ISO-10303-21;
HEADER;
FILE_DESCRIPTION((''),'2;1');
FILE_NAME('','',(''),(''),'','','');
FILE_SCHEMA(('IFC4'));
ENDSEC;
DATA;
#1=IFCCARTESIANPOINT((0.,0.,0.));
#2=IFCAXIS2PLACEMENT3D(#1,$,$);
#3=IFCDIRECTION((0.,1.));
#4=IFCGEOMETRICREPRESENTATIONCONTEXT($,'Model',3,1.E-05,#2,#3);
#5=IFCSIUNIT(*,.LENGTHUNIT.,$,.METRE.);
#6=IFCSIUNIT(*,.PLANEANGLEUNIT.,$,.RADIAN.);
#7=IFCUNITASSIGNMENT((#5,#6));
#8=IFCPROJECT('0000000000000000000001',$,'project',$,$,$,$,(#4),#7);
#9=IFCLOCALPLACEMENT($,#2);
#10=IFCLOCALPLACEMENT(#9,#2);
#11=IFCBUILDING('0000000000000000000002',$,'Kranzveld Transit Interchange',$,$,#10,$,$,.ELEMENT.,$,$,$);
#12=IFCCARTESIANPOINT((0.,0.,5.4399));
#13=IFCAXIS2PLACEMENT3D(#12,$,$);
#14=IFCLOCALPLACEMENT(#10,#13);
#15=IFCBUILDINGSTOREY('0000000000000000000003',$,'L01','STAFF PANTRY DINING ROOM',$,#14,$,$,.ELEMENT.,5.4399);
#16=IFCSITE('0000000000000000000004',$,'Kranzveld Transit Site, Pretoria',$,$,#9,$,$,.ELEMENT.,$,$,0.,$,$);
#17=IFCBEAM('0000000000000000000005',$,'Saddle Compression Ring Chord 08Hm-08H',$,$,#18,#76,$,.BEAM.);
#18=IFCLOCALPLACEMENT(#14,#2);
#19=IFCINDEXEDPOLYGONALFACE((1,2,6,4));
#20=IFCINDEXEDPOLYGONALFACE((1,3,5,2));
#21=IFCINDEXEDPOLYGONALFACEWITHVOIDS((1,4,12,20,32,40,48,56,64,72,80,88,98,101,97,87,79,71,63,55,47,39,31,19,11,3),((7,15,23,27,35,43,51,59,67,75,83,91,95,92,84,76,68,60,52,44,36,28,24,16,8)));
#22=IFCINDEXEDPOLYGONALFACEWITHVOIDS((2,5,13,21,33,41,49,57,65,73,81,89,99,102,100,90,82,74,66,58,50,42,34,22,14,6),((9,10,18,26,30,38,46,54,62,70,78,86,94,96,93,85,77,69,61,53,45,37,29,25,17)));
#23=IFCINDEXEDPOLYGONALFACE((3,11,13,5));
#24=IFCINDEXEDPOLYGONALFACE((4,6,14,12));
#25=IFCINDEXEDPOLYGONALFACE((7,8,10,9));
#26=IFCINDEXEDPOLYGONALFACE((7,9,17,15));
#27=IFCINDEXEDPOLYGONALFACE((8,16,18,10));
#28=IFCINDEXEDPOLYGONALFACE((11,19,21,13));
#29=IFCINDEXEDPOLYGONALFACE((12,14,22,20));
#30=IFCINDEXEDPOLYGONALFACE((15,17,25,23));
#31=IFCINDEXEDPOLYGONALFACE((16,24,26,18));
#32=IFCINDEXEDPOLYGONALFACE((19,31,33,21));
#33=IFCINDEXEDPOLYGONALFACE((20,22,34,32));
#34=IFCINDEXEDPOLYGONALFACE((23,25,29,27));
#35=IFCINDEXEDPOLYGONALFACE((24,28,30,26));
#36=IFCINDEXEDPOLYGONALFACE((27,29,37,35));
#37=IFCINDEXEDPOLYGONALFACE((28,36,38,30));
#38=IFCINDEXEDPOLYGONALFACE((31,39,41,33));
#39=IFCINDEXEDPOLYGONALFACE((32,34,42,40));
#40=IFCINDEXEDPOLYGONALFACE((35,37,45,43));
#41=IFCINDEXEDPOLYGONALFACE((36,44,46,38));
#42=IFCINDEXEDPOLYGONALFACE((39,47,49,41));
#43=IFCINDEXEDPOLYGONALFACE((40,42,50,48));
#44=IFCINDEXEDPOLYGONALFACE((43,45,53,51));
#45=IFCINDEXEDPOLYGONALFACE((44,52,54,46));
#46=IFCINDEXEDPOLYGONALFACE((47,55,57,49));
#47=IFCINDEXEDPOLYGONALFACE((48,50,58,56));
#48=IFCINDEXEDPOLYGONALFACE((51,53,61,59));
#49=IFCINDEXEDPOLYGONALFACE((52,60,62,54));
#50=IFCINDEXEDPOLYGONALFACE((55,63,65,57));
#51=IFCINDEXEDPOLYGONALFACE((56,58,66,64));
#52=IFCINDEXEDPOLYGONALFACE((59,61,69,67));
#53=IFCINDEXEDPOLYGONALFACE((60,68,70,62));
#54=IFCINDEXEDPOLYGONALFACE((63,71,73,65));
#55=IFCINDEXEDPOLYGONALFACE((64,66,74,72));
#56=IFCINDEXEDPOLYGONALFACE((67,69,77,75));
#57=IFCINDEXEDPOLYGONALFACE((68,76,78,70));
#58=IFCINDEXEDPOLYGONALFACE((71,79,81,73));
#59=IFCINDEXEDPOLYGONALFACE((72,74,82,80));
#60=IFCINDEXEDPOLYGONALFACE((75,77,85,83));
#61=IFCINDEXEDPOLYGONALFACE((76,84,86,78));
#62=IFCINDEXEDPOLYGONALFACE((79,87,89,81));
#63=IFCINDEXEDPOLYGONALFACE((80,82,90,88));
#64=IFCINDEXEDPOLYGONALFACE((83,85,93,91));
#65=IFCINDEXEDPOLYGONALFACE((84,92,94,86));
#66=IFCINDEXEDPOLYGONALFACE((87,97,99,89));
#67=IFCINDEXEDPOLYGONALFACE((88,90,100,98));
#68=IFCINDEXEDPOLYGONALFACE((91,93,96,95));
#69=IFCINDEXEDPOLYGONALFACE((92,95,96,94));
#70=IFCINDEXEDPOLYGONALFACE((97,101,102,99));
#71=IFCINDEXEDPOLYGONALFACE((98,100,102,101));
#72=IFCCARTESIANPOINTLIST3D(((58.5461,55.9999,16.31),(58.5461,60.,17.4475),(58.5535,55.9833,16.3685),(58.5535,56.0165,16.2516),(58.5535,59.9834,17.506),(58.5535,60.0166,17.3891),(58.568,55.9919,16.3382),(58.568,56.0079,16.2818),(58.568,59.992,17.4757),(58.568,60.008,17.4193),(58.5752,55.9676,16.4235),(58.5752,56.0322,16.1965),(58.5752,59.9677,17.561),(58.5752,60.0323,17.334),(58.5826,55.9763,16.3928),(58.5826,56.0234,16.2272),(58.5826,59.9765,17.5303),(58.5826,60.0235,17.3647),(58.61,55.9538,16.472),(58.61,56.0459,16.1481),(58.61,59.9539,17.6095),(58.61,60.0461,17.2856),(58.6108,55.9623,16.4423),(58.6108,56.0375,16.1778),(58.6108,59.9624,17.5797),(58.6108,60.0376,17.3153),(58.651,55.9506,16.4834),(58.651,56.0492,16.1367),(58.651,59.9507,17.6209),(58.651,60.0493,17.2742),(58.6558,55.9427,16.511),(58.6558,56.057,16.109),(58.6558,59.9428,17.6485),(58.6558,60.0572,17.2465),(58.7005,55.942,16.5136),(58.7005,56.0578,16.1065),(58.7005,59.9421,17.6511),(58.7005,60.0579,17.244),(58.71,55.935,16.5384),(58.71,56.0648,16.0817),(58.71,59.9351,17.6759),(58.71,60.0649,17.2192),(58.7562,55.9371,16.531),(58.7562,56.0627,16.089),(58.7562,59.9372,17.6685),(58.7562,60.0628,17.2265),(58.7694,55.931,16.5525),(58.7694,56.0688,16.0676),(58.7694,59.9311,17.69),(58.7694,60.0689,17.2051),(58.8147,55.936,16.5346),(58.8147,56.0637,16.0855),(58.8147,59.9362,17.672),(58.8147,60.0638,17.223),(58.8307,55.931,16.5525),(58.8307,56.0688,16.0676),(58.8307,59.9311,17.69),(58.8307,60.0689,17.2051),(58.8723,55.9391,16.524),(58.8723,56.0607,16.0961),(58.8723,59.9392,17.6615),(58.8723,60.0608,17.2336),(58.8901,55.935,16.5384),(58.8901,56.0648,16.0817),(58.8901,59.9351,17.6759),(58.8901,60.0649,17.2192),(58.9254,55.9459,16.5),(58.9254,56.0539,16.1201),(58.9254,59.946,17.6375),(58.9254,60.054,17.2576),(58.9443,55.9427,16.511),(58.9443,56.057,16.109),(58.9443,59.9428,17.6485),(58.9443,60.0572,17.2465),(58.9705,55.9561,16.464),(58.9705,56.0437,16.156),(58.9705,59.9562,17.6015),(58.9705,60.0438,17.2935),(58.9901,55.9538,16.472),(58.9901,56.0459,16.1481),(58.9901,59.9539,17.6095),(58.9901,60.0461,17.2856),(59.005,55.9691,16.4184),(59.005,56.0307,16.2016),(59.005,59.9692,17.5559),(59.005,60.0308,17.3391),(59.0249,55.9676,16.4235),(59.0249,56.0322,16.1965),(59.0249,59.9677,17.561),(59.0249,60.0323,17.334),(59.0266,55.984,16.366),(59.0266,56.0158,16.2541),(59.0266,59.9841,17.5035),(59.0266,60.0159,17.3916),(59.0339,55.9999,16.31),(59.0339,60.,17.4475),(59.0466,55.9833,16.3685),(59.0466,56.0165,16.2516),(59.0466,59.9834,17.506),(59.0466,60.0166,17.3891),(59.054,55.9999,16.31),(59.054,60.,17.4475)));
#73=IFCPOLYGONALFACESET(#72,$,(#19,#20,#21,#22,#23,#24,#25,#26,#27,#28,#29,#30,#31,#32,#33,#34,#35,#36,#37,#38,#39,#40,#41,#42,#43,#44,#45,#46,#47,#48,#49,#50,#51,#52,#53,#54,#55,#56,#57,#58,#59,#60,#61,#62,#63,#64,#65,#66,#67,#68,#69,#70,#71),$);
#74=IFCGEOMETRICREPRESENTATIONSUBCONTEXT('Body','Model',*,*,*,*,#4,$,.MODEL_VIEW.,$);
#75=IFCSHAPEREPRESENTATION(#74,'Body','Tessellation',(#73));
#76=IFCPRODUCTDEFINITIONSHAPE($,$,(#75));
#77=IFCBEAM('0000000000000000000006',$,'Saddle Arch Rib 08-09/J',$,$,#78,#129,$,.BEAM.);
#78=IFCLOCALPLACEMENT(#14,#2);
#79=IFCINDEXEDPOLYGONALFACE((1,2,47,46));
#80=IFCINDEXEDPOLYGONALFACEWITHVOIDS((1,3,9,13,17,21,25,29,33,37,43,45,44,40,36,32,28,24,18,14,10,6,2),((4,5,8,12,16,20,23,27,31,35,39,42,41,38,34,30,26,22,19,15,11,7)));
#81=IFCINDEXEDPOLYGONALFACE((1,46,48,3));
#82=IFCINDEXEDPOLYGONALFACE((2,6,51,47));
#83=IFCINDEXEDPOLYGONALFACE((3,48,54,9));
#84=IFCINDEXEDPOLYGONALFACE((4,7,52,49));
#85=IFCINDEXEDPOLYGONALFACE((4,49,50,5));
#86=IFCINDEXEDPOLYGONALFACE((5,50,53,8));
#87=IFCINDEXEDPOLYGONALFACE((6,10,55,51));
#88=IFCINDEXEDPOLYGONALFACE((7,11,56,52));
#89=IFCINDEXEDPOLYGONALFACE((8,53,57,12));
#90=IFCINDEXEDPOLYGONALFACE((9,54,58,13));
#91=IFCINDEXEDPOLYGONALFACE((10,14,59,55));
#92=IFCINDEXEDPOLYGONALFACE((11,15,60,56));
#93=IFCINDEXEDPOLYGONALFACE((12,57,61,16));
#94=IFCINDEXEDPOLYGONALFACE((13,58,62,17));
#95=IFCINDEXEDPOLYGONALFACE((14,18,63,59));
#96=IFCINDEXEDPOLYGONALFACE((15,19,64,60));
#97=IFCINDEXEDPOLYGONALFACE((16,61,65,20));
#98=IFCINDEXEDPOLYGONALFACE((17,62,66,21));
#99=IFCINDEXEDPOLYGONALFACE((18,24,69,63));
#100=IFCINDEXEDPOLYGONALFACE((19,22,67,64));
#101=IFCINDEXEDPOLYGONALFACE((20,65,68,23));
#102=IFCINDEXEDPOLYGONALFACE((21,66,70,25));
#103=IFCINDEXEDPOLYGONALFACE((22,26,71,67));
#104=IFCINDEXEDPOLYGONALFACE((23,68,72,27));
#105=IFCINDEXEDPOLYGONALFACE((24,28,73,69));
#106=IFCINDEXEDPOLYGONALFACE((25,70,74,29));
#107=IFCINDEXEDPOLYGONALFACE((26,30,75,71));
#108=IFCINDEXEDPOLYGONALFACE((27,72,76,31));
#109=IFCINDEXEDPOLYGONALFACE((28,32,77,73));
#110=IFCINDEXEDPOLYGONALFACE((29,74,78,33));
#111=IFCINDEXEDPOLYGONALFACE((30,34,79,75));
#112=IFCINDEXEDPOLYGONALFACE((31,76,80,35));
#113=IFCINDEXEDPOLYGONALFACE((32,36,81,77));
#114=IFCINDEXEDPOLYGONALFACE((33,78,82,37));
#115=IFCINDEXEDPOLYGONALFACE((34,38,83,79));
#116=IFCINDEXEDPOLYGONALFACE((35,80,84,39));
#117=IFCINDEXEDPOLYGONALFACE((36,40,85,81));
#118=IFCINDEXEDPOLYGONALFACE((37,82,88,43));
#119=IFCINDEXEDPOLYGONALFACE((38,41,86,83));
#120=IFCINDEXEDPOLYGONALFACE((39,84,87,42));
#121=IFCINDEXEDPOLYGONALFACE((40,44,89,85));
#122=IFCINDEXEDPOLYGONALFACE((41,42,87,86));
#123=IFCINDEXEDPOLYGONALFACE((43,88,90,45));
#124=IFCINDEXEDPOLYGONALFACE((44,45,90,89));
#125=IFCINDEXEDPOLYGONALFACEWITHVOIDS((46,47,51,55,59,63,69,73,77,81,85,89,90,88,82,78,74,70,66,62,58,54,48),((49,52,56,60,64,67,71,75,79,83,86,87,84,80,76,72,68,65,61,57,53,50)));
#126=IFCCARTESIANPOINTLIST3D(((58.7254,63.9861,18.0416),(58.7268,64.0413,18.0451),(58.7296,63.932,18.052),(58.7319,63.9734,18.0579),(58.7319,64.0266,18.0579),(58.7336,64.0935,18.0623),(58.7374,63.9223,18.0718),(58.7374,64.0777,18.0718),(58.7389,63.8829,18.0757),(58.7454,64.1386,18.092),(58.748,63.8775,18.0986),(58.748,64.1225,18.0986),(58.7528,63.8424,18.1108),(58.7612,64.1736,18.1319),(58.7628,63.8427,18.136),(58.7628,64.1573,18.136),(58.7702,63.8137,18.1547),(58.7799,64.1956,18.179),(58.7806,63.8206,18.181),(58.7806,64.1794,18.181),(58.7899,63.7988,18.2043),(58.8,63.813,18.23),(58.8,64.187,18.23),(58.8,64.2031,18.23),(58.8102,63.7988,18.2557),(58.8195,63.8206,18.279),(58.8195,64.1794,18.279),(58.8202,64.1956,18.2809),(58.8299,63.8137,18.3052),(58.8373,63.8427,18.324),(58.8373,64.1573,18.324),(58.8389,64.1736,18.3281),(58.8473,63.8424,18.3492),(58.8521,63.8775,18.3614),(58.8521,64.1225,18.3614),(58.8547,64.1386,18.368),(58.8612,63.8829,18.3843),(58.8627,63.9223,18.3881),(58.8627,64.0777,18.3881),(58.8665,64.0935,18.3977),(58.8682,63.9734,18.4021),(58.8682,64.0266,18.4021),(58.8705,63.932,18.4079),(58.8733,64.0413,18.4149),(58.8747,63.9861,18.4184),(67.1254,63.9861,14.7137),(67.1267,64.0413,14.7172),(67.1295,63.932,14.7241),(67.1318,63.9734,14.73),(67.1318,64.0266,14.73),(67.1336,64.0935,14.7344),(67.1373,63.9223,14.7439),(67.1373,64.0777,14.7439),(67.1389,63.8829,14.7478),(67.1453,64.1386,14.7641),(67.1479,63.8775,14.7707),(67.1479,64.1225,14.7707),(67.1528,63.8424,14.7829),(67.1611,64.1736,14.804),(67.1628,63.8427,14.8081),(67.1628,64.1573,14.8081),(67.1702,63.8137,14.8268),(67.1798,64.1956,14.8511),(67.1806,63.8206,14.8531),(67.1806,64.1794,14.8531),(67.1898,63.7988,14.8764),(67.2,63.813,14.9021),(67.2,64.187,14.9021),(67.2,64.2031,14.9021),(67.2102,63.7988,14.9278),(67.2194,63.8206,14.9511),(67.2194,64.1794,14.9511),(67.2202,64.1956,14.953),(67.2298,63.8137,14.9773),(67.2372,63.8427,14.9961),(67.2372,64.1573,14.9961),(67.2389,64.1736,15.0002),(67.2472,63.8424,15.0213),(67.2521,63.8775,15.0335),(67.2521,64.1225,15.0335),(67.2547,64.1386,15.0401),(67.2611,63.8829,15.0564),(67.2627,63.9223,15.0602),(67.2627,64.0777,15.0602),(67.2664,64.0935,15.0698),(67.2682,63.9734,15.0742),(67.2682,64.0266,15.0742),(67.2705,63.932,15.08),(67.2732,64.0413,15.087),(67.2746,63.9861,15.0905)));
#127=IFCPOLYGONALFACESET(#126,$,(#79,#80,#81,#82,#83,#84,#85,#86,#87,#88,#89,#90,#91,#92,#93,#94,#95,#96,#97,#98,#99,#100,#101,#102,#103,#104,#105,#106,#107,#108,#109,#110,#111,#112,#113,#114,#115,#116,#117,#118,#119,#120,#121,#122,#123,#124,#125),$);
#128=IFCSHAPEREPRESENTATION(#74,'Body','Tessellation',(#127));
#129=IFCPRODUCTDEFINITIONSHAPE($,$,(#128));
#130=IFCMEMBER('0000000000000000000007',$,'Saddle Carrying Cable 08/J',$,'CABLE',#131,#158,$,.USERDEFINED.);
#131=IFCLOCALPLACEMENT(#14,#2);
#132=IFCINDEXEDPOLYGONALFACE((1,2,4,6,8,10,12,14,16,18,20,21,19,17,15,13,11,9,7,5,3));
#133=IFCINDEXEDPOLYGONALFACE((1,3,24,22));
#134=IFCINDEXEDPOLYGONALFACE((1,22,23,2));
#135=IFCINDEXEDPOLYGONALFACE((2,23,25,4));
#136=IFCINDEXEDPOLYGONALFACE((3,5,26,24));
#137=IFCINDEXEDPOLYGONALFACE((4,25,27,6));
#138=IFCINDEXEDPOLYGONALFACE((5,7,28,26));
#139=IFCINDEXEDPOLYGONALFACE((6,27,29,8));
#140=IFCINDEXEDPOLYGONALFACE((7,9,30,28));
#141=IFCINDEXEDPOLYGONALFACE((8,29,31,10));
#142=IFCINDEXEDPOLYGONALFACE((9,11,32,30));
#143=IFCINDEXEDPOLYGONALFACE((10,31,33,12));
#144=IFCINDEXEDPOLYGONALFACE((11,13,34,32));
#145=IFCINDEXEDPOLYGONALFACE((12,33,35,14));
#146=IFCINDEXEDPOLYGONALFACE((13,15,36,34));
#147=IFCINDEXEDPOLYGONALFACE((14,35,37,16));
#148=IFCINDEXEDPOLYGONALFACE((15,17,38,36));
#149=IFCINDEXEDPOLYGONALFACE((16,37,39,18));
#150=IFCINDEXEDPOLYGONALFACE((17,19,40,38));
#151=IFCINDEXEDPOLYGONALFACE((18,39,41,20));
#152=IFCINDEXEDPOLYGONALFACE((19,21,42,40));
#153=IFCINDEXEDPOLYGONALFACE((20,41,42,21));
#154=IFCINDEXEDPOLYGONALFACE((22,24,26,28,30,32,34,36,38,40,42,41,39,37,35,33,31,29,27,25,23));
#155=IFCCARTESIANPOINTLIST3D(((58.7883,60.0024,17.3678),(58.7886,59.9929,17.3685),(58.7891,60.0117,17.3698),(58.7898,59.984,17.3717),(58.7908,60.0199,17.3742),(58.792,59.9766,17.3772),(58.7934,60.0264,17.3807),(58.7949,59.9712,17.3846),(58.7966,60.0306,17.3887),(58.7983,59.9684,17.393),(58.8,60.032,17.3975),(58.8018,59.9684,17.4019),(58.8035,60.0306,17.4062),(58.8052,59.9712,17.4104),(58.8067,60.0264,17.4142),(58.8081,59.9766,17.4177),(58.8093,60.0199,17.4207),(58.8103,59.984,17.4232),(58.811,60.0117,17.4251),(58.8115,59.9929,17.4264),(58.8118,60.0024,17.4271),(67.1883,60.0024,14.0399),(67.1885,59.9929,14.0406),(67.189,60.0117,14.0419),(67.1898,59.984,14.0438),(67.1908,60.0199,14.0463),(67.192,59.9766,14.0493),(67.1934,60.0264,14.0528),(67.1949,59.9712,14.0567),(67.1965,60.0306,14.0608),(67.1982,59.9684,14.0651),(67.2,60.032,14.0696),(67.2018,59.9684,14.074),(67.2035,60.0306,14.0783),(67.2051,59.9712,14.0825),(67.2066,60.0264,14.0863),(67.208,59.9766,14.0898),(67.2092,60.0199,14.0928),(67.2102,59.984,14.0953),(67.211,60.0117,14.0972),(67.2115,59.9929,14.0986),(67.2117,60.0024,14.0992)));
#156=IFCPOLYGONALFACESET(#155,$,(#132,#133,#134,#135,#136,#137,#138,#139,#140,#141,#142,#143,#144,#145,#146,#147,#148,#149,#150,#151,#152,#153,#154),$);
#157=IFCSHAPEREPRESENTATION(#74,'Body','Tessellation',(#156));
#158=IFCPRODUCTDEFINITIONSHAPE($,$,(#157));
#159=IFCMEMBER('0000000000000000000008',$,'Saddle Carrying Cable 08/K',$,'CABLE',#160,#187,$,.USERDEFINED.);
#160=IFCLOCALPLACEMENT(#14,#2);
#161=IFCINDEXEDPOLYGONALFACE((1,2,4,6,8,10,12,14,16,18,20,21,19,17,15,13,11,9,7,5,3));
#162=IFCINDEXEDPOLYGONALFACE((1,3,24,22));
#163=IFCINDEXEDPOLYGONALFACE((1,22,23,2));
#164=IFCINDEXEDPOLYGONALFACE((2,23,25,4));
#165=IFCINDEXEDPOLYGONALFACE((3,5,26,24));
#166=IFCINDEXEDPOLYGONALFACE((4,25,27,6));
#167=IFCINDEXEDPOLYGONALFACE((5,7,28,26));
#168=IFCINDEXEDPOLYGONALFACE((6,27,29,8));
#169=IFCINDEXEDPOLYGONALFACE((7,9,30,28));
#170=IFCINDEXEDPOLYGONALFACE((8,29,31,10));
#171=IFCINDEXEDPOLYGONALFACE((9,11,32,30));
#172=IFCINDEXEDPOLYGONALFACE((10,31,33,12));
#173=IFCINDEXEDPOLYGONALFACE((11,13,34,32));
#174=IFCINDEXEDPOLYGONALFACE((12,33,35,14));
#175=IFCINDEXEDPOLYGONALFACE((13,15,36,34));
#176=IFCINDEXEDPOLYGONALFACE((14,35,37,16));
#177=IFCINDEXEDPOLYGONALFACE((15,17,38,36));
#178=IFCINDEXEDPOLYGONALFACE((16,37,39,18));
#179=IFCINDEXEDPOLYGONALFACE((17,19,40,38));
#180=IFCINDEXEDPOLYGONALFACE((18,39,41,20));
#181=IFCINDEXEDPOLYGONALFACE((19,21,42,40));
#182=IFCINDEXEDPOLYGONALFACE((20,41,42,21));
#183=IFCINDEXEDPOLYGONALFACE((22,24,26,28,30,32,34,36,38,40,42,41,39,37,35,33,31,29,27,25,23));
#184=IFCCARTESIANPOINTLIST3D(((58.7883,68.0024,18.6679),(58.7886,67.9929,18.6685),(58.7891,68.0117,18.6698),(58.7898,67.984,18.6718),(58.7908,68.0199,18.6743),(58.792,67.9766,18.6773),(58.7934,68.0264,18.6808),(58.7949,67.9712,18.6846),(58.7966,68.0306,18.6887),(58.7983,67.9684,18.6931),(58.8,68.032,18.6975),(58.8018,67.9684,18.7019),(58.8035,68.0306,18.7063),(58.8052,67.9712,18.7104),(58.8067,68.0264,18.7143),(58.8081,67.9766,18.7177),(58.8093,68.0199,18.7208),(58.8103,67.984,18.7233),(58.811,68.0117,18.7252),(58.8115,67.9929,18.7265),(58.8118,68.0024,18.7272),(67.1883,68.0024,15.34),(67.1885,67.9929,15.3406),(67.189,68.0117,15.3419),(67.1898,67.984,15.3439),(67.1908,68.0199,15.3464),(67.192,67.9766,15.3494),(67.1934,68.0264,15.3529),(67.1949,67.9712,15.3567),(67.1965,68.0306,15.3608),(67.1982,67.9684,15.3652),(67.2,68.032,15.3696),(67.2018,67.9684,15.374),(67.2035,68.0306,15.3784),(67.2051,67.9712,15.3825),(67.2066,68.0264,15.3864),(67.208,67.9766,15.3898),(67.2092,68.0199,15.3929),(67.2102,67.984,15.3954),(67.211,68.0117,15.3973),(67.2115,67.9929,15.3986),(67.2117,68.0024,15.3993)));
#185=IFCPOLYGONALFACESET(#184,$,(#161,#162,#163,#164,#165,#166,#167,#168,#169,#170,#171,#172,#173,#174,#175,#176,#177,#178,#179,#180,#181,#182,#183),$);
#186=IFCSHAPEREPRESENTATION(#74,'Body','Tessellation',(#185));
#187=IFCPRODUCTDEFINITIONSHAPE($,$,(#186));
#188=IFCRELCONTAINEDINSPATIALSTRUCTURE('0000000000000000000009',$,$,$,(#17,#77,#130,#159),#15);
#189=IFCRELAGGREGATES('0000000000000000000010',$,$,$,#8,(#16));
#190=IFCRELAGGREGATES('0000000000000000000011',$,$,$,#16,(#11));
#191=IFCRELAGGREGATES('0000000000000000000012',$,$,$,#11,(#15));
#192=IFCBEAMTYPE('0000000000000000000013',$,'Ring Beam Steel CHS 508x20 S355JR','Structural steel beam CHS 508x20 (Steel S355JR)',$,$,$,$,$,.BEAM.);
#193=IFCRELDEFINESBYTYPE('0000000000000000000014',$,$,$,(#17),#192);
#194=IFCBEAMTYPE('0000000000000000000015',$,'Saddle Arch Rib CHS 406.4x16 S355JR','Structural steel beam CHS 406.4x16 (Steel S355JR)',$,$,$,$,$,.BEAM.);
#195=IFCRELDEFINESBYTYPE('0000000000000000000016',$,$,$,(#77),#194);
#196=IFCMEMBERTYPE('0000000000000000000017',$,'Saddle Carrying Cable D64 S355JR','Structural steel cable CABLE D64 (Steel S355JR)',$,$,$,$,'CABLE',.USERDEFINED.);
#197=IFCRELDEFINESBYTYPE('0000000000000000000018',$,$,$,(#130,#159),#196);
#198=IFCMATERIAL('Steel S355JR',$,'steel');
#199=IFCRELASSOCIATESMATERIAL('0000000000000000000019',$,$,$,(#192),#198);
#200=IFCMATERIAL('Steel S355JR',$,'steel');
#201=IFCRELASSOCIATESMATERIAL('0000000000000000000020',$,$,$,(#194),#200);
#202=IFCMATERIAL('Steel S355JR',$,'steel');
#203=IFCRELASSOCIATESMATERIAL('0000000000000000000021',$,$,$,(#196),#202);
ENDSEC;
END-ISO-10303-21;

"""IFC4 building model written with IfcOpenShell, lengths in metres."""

from ifc_helpers import new_model, si_unit, direction, frame, origin, origin_2d, place, context, subcontext, project, spatial, circle, hollow_circle, extrude, material, material_profile, profile_set, type_object, element, save


model = new_model("IFC4")

# Units and contexts
model_context = context("Model", 3, precision=1e-05, world=origin(), true_north=direction((0.0, 1.0)))
body_context = subcontext(model_context, "Body", "Model", "MODEL_VIEW")
ifc_project = project(units=[si_unit("LENGTHUNIT", "METRE"), si_unit("PLANEANGLEUNIT", "RADIAN")], contexts=[model_context])

# Site, building, storey
site_placement = place(None, origin())
site = spatial("IfcSite", under=ifc_project, at=site_placement, Name="Kranzveld Transit Site, Pretoria", CompositionType="ELEMENT", RefElevation=0.0)
building_placement = place(site_placement, origin())
building = spatial("IfcBuilding", under=site, at=building_placement, Name="Kranzveld Transit Interchange", CompositionType="ELEMENT")
storey_placement = place(building_placement, frame((0.0, 0.0, 5.4399)))
storey = spatial("IfcBuildingStorey", under=building, at=storey_placement, Name="L01", Description="STAFF PANTRY DINING ROOM", CompositionType="ELEMENT", Elevation=5.4399)

# Beams
ifc_material_1 = material(Name="Steel S355JR", Category="steel")
ifc_material_profile_1 = material_profile(ifc_material_1, hollow_circle(Radius=0.2539, WallThickness=0.02, at=origin_2d()), Name="CHS 508x20")
ifc_profile_set_1 = profile_set([ifc_material_profile_1], Name="Steel S355JR")
beam_type_1 = type_object("IfcBeamType", Name="Ring Beam Steel CHS 508x20 S355JR", Description="Structural steel beam CHS 508x20 (Steel S355JR)", PredefinedType="BEAM", material=ifc_profile_set_1)
beam_1_placement = place(storey_placement, frame((58.8, 60.0, 17.4475), z_axis=(0.0, -0.961867, -0.273519), x_axis=(1.0, 0.0, 0.0)))
element("IfcBeam", 1, at=beam_1_placement, inside=storey, type_object=beam_type_1, Name="Saddle Compression Ring Chord 08Hm-08H", PredefinedType="BEAM", context=body_context, shape_type="SweptSolid", body=[
    extrude(hollow_circle(Radius=0.2539, WallThickness=0.02, at=origin_2d()), origin(), (0.0, 0.0, 1.0), 4.1587),
])
ifc_material_2 = material(Name="Steel S355JR", Category="steel")
ifc_material_profile_2 = material_profile(ifc_material_2, hollow_circle(Radius=0.2031, WallThickness=0.0161, at=origin_2d()), Name="CHS 406.4x16")
ifc_profile_set_2 = profile_set([ifc_material_profile_2], Name="Steel S355JR")
beam_type_2 = type_object("IfcBeamType", Name="Saddle Arch Rib CHS 406.4x16 S355JR", Description="Structural steel beam CHS 406.4x16 (Steel S355JR)", PredefinedType="BEAM", material=ifc_profile_set_2)
beam_2_placement = place(storey_placement, frame((58.8, 64.0, 18.23), z_axis=(0.929696, 0.0, -0.368328), x_axis=(0.0, 1.0, 0.0)))
element("IfcBeam", 2, at=beam_2_placement, inside=storey, type_object=beam_type_2, Name="Saddle Arch Rib 08-09/J", PredefinedType="BEAM", context=body_context, shape_type="SweptSolid", body=[
    extrude(hollow_circle(Radius=0.2031, WallThickness=0.0161, at=origin_2d()), origin(), (0.0, 0.0, 1.0), 9.0352),
])

# Members
ifc_material_3 = material(Name="Steel S355JR", Category="steel")
ifc_material_profile_3 = material_profile(ifc_material_3, circle(Radius=0.032, at=origin_2d()), Name="CABLE D64")
ifc_profile_set_3 = profile_set([ifc_material_profile_3], Name="Steel S355JR")
member_type_1 = type_object("IfcMemberType", Name="Saddle Carrying Cable D64 S355JR", Description="Structural steel cable CABLE D64 (Steel S355JR)", ElementType="CABLE", PredefinedType="USERDEFINED", material=ifc_profile_set_3)
for number, where, z_axis, x_axis, name in (
    (3, (58.8, 60.0, 17.3975), (0.929696, 0.0, -0.368328), (0.0, 1.0, 0.0), "Saddle Carrying Cable 08/J"),
    (4, (58.8, 68.0, 18.6975), (0.929696, 0.0, -0.368328), (0.0, 1.0, 0.0), "Saddle Carrying Cable 08/K"),
):
    element("IfcMember", number, at=place(storey_placement, frame(where, z_axis=z_axis, x_axis=x_axis)), inside=storey, type_object=member_type_1, Name=name, ObjectType="CABLE", PredefinedType="USERDEFINED", context=body_context, shape_type="SweptSolid", body=[
        extrude(circle(Radius=0.032, at=origin_2d()), origin(), (0.0, 0.0, 1.0), 9.0352),
    ])

save(model, "model.ifc")
